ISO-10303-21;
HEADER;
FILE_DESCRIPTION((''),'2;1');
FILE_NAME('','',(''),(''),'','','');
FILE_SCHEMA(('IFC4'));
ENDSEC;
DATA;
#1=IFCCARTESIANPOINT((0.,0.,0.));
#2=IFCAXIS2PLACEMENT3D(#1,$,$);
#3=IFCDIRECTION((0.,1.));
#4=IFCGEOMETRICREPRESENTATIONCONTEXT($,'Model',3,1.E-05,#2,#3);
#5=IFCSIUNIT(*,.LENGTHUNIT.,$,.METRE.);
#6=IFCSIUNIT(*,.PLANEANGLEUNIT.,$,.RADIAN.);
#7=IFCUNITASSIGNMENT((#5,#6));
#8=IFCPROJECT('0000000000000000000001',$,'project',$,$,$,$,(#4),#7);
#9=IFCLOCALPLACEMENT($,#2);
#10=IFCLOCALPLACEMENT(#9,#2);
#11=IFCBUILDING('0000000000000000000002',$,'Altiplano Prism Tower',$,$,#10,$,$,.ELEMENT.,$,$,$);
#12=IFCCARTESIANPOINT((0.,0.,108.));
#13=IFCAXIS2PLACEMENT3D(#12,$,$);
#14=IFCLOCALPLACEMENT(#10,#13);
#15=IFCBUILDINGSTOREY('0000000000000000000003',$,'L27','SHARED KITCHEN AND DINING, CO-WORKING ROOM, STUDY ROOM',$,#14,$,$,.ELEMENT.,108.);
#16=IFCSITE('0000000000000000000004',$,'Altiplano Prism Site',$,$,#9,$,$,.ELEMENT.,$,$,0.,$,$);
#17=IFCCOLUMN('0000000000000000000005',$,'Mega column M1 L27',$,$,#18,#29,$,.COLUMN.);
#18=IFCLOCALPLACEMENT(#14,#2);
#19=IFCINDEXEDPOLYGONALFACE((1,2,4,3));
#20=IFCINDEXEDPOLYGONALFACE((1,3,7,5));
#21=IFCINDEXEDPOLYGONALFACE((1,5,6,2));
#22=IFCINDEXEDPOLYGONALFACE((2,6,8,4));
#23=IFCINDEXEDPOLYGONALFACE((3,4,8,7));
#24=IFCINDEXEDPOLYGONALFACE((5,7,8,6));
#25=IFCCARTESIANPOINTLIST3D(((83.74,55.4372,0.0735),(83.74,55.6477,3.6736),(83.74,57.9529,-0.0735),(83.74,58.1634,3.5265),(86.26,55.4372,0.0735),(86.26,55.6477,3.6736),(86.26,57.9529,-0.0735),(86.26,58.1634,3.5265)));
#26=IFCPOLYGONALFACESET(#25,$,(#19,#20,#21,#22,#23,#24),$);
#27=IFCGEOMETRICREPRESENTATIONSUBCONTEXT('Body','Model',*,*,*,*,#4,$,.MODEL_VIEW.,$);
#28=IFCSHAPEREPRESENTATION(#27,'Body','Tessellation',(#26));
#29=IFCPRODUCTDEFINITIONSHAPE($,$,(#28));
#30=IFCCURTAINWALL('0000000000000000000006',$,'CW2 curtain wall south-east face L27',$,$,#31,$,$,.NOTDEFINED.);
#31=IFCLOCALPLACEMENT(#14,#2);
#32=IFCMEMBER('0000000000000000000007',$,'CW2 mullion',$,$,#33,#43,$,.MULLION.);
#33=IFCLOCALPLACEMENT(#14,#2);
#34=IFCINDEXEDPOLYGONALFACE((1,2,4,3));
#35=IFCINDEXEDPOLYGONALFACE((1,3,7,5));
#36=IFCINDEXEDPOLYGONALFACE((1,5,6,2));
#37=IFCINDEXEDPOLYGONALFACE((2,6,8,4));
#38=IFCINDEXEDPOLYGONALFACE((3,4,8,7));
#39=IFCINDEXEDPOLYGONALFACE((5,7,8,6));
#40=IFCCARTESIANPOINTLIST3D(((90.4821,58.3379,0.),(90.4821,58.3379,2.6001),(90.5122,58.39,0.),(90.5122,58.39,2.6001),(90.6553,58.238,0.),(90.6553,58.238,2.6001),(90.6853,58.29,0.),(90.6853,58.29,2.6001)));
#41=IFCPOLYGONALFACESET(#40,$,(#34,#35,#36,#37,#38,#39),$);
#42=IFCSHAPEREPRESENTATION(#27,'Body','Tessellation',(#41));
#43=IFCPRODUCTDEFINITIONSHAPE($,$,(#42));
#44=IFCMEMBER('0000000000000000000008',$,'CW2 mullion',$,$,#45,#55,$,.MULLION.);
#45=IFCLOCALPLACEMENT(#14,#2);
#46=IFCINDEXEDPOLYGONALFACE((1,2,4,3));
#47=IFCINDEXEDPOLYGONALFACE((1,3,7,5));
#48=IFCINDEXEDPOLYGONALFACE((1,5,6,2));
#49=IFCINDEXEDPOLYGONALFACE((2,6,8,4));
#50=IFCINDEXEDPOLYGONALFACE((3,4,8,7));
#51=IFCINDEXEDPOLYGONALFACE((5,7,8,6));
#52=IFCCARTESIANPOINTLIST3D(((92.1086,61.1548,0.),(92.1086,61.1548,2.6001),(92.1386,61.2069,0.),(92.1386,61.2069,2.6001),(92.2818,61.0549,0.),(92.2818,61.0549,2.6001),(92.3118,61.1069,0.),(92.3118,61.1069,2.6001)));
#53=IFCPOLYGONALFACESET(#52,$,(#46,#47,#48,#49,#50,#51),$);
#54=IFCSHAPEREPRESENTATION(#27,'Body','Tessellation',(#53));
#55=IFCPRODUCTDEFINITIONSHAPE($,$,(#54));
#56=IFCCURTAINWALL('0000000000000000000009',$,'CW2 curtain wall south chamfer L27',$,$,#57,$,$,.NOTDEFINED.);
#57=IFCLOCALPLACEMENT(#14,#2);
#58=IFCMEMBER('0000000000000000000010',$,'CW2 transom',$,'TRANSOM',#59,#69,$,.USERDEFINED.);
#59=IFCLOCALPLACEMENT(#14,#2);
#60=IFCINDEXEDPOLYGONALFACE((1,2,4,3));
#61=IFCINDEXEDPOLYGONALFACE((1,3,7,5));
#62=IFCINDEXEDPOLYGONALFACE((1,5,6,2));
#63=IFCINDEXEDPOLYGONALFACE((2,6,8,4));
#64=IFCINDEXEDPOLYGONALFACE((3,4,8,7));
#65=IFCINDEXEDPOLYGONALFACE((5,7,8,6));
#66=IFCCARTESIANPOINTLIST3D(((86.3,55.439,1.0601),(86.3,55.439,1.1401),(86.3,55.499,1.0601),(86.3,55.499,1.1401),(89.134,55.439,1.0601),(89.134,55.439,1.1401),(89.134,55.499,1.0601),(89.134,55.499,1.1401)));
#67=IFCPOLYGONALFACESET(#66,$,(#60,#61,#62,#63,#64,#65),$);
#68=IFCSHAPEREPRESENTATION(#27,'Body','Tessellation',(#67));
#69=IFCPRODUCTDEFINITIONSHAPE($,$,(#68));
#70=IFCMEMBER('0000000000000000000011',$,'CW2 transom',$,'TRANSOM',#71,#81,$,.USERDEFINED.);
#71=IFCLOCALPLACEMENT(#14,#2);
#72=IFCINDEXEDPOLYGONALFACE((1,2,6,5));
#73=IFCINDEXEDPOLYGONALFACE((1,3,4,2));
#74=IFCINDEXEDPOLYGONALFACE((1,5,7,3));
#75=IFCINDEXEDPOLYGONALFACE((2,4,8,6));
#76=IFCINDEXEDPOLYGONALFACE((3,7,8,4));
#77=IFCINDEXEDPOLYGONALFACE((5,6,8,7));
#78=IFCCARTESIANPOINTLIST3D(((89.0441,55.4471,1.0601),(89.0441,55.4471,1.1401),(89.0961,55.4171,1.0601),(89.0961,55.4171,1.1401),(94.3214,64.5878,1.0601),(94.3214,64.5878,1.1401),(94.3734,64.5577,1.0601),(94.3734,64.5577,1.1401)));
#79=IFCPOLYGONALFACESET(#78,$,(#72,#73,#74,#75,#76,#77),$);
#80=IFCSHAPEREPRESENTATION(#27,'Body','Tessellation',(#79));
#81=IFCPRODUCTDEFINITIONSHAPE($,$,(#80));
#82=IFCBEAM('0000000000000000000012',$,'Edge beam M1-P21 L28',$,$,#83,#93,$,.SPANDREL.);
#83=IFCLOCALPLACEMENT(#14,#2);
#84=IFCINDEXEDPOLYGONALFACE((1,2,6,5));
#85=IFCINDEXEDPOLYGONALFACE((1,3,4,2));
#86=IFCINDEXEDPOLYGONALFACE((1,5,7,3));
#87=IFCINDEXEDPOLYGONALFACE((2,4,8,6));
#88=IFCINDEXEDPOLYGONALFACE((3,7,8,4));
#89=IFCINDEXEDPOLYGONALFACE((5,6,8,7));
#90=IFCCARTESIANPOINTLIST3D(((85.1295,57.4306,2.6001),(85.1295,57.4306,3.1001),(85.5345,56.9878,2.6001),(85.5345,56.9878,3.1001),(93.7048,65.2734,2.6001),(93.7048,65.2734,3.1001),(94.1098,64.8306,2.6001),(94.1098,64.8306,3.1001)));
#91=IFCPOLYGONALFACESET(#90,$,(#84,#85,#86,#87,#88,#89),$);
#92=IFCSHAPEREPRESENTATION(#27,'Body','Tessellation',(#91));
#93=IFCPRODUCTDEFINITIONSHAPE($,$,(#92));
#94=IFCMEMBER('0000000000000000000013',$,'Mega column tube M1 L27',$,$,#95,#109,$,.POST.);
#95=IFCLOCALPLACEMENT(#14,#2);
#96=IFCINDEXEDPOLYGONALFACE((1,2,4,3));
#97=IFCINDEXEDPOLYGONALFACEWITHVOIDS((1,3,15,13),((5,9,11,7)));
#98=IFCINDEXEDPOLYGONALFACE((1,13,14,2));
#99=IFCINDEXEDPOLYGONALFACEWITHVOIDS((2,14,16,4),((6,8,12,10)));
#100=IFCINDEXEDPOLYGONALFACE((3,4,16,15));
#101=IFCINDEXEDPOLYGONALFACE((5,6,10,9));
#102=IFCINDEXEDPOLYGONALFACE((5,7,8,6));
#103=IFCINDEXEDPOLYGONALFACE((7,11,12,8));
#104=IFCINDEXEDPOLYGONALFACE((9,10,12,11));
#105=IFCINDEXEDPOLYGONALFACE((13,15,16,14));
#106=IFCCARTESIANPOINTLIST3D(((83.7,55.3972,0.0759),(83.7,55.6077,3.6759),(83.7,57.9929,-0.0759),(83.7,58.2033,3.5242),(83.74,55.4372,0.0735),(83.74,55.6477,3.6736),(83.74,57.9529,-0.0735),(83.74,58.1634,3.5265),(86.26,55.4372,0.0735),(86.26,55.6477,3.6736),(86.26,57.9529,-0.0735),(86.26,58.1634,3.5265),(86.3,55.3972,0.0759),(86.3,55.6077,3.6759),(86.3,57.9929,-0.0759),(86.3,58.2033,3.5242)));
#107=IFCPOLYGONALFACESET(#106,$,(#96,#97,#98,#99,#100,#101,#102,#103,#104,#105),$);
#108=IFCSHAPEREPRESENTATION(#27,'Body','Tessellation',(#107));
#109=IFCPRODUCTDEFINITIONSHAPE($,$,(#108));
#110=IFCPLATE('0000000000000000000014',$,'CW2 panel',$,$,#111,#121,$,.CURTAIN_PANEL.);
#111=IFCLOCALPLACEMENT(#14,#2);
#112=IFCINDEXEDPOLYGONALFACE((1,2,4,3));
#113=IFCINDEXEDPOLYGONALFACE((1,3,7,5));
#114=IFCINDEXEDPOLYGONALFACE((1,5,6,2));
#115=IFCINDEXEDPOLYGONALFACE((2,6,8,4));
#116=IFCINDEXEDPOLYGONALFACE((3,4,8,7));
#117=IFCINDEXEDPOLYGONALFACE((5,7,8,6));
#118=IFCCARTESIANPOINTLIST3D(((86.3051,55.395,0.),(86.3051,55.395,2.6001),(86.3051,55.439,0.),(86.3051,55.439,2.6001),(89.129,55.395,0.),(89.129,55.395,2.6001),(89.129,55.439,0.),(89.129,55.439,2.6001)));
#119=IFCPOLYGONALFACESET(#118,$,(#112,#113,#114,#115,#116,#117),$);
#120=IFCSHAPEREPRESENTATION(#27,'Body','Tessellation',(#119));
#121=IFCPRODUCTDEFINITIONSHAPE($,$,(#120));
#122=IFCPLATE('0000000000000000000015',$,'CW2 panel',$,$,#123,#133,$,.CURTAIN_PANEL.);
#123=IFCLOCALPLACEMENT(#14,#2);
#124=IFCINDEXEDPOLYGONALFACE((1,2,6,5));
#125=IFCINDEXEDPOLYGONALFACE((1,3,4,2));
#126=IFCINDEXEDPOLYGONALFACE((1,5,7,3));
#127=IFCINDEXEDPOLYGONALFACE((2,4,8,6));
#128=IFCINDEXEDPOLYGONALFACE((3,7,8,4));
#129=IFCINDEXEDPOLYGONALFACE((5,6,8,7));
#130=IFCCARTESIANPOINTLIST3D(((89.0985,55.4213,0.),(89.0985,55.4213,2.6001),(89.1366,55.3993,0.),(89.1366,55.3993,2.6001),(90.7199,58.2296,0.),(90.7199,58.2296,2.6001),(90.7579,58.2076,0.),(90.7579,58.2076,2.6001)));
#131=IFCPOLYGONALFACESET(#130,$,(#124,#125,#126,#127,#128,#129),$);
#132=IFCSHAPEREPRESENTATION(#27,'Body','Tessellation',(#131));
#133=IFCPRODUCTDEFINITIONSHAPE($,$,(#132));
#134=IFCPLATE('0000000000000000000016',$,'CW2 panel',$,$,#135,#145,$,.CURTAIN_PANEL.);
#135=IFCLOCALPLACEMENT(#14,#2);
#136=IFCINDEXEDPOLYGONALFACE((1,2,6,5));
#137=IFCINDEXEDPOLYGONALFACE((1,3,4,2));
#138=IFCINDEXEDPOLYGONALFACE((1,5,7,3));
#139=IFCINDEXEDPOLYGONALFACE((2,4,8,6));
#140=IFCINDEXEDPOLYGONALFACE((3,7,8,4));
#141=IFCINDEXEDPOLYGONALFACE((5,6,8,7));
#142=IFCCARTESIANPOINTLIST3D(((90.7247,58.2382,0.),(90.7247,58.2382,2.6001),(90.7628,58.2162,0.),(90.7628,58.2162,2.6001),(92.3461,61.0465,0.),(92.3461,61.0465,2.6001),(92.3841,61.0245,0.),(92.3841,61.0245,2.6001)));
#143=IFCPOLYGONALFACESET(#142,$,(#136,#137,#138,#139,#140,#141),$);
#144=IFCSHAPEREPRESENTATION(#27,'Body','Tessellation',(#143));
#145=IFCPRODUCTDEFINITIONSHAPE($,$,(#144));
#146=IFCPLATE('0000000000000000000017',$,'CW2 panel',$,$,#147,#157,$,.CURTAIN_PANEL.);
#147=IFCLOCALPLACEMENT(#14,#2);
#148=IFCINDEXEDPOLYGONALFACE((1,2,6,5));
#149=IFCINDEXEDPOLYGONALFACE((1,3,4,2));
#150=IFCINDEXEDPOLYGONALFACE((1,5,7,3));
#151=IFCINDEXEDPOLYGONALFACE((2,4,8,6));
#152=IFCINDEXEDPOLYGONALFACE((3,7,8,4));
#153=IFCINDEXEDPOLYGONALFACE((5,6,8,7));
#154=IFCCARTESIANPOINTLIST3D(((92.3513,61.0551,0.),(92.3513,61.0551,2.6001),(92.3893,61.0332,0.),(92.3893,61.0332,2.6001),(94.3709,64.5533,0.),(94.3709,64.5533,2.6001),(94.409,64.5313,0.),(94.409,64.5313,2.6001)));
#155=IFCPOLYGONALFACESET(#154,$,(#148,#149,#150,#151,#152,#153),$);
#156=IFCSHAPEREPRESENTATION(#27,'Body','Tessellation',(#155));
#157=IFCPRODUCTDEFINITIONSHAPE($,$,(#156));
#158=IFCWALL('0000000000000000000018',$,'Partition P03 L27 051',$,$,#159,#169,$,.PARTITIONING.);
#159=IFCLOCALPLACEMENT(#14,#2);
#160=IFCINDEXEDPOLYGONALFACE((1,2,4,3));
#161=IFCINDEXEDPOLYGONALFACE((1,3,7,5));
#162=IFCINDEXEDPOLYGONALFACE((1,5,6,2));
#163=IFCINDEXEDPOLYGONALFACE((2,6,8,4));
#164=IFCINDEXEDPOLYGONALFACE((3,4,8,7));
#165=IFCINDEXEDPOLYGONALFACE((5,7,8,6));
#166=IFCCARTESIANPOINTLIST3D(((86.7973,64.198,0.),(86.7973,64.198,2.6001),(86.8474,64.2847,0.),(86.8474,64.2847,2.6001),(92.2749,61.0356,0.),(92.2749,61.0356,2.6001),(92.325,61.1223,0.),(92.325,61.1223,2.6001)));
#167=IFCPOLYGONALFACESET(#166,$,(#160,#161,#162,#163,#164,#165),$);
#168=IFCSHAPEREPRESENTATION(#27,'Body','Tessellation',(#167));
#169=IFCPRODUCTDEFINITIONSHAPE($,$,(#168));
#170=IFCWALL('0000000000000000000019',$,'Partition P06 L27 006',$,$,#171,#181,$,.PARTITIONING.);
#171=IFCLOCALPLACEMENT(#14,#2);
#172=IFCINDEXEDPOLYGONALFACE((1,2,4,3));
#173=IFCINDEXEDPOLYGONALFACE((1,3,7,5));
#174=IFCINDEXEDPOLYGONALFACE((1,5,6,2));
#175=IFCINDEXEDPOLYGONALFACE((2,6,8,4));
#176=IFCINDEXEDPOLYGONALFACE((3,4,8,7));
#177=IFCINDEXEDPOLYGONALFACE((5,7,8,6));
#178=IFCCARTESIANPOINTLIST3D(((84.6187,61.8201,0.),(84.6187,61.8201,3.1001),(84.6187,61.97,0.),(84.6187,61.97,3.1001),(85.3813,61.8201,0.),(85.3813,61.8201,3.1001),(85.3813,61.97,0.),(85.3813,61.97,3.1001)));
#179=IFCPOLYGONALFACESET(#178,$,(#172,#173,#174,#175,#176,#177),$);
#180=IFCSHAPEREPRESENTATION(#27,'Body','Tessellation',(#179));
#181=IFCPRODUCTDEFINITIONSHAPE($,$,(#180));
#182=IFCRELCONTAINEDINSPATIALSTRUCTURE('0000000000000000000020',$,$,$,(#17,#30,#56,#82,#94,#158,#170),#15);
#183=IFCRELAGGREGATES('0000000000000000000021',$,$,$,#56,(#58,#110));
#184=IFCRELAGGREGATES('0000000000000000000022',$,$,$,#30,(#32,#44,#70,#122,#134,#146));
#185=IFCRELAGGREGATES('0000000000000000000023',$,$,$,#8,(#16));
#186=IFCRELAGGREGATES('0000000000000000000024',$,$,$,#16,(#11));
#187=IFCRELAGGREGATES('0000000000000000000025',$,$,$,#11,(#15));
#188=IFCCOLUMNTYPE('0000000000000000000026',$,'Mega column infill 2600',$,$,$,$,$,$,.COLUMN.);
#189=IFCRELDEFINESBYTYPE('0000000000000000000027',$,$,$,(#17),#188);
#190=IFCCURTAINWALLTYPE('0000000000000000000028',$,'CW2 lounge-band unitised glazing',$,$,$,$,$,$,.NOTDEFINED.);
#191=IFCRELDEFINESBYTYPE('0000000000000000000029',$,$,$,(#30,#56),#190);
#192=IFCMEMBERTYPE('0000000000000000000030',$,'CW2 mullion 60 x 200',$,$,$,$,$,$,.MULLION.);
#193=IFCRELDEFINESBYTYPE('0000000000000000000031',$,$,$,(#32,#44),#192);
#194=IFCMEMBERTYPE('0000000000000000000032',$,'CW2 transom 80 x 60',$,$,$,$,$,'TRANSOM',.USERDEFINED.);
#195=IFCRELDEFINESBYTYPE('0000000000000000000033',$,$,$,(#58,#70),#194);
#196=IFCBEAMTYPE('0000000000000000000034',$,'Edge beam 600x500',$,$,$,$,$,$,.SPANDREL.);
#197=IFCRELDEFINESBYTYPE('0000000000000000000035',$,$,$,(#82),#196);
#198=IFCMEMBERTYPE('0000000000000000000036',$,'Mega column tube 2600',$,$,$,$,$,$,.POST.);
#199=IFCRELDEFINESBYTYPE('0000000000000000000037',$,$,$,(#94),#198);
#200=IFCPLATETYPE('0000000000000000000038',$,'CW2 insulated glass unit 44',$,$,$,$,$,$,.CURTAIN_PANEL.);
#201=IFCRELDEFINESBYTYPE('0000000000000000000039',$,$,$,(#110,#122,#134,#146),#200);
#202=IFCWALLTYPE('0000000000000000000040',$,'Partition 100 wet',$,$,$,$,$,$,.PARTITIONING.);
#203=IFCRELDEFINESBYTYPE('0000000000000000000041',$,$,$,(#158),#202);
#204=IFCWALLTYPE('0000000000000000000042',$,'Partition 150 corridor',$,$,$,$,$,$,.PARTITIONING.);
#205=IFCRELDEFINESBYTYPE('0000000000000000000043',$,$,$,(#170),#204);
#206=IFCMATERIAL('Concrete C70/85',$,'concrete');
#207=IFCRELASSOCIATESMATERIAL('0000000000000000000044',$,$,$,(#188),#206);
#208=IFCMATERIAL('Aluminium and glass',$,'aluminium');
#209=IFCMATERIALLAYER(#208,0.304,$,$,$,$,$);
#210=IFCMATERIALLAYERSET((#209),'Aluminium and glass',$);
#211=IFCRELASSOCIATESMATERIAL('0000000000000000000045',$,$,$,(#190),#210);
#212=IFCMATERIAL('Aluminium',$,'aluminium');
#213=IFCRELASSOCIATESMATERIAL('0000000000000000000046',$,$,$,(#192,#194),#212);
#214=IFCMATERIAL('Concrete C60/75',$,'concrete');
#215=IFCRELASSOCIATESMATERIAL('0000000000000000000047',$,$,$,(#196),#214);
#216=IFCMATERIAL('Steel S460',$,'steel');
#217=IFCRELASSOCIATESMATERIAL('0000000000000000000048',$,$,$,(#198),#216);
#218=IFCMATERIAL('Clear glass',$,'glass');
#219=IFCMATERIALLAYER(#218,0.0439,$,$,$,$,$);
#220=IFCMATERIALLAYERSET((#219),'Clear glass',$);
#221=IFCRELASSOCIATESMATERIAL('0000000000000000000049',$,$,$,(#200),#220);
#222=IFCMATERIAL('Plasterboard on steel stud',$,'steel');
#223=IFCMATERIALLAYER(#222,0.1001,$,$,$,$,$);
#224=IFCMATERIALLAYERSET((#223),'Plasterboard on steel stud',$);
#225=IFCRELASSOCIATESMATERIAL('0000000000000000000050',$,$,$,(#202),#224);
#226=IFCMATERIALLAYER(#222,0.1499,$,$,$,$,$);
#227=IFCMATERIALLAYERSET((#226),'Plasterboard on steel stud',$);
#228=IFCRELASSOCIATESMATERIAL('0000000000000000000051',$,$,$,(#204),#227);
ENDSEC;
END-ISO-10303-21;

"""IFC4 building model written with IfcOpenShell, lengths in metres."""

from ifc_helpers import new_model, si_unit, direction, frame, frame_2d, origin, origin_2d, place, context, subcontext, project, spatial, rectangle, hollow_rectangle, extrude, material, layer, layer_set, material_profile, profile_set, type_object, element, aggregate, save


model = new_model("IFC4")

# Units and contexts
model_context = context("Model", 3, precision=1e-05, world=origin(), true_north=direction((0.0, 1.0)))
body_context = subcontext(model_context, "Body", "Model", "MODEL_VIEW")
ifc_project = project(units=[si_unit("LENGTHUNIT", "METRE"), si_unit("PLANEANGLEUNIT", "RADIAN")], contexts=[model_context])

# Site, building, storey
site_placement = place(None, origin())
site = spatial("IfcSite", under=ifc_project, at=site_placement, Name="Altiplano Prism Site", CompositionType="ELEMENT", RefElevation=0.0)
building_placement = place(site_placement, origin())
building = spatial("IfcBuilding", under=site, at=building_placement, Name="Altiplano Prism Tower", CompositionType="ELEMENT")
storey_placement = place(building_placement, frame((0.0, 0.0, 108.0)))
storey = spatial("IfcBuildingStorey", under=building, at=storey_placement, Name="L27", Description="SHARED KITCHEN AND DINING, CO-WORKING ROOM, STUDY ROOM", CompositionType="ELEMENT", Elevation=108.0)

# Column
ifc_material_1 = material(Name="Concrete C70/85", Category="concrete")
ifc_material_profile_1 = material_profile(ifc_material_1, rectangle(XDim=2.52, YDim=2.52, at=origin_2d()), Name="Mega column infill 2600")
ifc_profile_set_1 = profile_set([ifc_material_profile_1], Name="Concrete C70/85")
column_type = type_object("IfcColumnType", Name="Mega column infill 2600", PredefinedType="COLUMN", material=ifc_profile_set_1)
column_placement = place(storey_placement, frame((85.0, 56.6951, 0.0), z_axis=(0.0, 0.058357, 0.998296), x_axis=(-1.0, 0.0, 0.0)))
element("IfcColumn", 1, at=column_placement, inside=storey, type_object=column_type, Name="Mega column M1 L27", PredefinedType="COLUMN", context=body_context, shape_type="SweptSolid", body=[
    extrude(rectangle(XDim=2.52, YDim=2.52, at=origin_2d()), origin(), (0.0, 0.0, 1.0), 3.6062),
])

# Curtain wall, members
ifc_material_2 = material(Name="Aluminium and glass", Category="aluminium")
ifc_layer_1 = layer(ifc_material_2, 0.304)
ifc_layer_set_1 = layer_set([ifc_layer_1], Name="Aluminium and glass")
curtain_wall_type = type_object("IfcCurtainWallType", Name="CW2 lounge-band unitised glazing", PredefinedType="NOTDEFINED", material=ifc_layer_set_1)
curtain_wall_1_placement = place(storey_placement, origin())
curtain_wall_1 = element("IfcCurtainWall", 2, at=curtain_wall_1_placement, inside=storey, type_object=curtain_wall_type, Name="CW2 curtain wall south-east face L27", PredefinedType="NOTDEFINED")
ifc_material_3 = material(Name="Aluminium", Category="aluminium")
ifc_material_profile_2 = material_profile(ifc_material_3, rectangle(XDim=0.2, YDim=0.0601, at=origin_2d()), Name="CW2 mullion 60 x 200")
ifc_profile_set_2 = profile_set([ifc_material_profile_2], Name="Aluminium")
member_type_1 = type_object("IfcMemberType", Name="CW2 mullion 60 x 200", PredefinedType="MULLION", material=ifc_profile_set_2)
member_1_placement = place(storey_placement, frame((90.5837, 58.314, 0.0), z_axis=(0.0, 0.0, 1.0), x_axis=(-0.866025, 0.5, 0.0)))
member_1 = element("IfcMember", 3, at=member_1_placement, type_object=member_type_1, Name="CW2 mullion", PredefinedType="MULLION", context=body_context, shape_type="SweptSolid", body=[
    extrude(rectangle(XDim=0.2, YDim=0.0601, at=origin_2d()), origin(), (0.0, 0.0, 1.0), 2.6001),
])
member_2_placement = place(storey_placement, frame((92.2102, 61.1309, 0.0), z_axis=(0.0, 0.0, 1.0), x_axis=(-0.866025, 0.5, 0.0)))
member_2 = element("IfcMember", 4, at=member_2_placement, type_object=member_type_1, Name="CW2 mullion", PredefinedType="MULLION", context=body_context, shape_type="SweptSolid", body=[
    extrude(rectangle(XDim=0.2, YDim=0.0601, at=origin_2d()), origin(), (0.0, 0.0, 1.0), 2.6001),
])

# Curtain wall, member
curtain_wall_2_placement = place(storey_placement, origin())
curtain_wall_2 = element("IfcCurtainWall", 5, at=curtain_wall_2_placement, inside=storey, type_object=curtain_wall_type, Name="CW2 curtain wall south chamfer L27", PredefinedType="NOTDEFINED")
ifc_material_profile_3 = material_profile(ifc_material_3, rectangle(XDim=0.0601, YDim=0.0801, at=origin_2d()), Name="CW2 transom 80 x 60")
ifc_profile_set_3 = profile_set([ifc_material_profile_3], Name="Aluminium")
member_type_2 = type_object("IfcMemberType", Name="CW2 transom 80 x 60", ElementType="TRANSOM", PredefinedType="USERDEFINED", material=ifc_profile_set_3)
member_3_placement = place(storey_placement, frame((86.3, 55.469, 1.1001), z_axis=(1.0, 0.0, 0.0), x_axis=(0.0, 1.0, 0.0)))
member_3 = element("IfcMember", 6, at=member_3_placement, type_object=member_type_2, Name="CW2 transom", ObjectType="TRANSOM", PredefinedType="USERDEFINED", context=body_context, shape_type="SweptSolid", body=[
    extrude(rectangle(XDim=0.0601, YDim=0.0801, at=origin_2d()), origin(), (0.0, 0.0, 1.0), 2.834),
])

# Member
member_4_placement = place(storey_placement, frame((89.0701, 55.4321, 1.1001), z_axis=(0.5, 0.866025, 0.0), x_axis=(-0.866025, 0.5, 0.0)))
member_4 = element("IfcMember", 7, at=member_4_placement, type_object=member_type_2, Name="CW2 transom", ObjectType="TRANSOM", PredefinedType="USERDEFINED", context=body_context, shape_type="SweptSolid", body=[
    extrude(rectangle(XDim=0.0601, YDim=0.0801, at=origin_2d()), origin(), (0.0, 0.0, 1.0), 10.5547),
])

# Beam
ifc_material_4 = material(Name="Concrete C60/75", Category="concrete")
ifc_material_profile_4 = material_profile(ifc_material_4, rectangle(XDim=0.6001, YDim=0.5, at=origin_2d()), Name="Edge beam 600x500")
ifc_profile_set_4 = profile_set([ifc_material_profile_4], Name="Concrete C60/75")
beam_type = type_object("IfcBeamType", Name="Edge beam 600x500", PredefinedType="SPANDREL", material=ifc_profile_set_4)
beam_placement = place(storey_placement, frame((85.332, 57.2092, 2.8501), z_axis=(0.737918, 0.674891, 0.0), x_axis=(-0.674891, 0.737918, 0.0)))
element("IfcBeam", 8, at=beam_placement, inside=storey, type_object=beam_type, Name="Edge beam M1-P21 L28", PredefinedType="SPANDREL", context=body_context, shape_type="SweptSolid", body=[
    extrude(rectangle(XDim=0.6001, YDim=0.5, at=origin_2d()), origin(), (0.0, 0.0, 1.0), 11.6208),
])

# Member
ifc_material_5 = material(Name="Steel S460", Category="steel")
ifc_material_profile_5 = material_profile(ifc_material_5, hollow_rectangle(XDim=2.6001, YDim=2.6001, WallThickness=0.04, at=origin_2d()), Name="Mega column tube 2600")
ifc_profile_set_5 = profile_set([ifc_material_profile_5], Name="Steel S460")
member_type_3 = type_object("IfcMemberType", Name="Mega column tube 2600", PredefinedType="POST", material=ifc_profile_set_5)
member_5_placement = place(storey_placement, frame((85.0, 56.6951, 0.0), z_axis=(0.0, 0.058357, 0.998296), x_axis=(-1.0, 0.0, 0.0)))
element("IfcMember", 9, at=member_5_placement, inside=storey, type_object=member_type_3, Name="Mega column tube M1 L27", PredefinedType="POST", context=body_context, shape_type="SweptSolid", body=[
    extrude(hollow_rectangle(XDim=2.6001, YDim=2.6001, WallThickness=0.04, at=origin_2d()), origin(), (0.0, 0.0, 1.0), 3.6062),
])

# Plates
ifc_material_6 = material(Name="Clear glass", Category="glass")
ifc_layer_2 = layer(ifc_material_6, 0.0439)
ifc_layer_set_2 = layer_set([ifc_layer_2], Name="Clear glass")
plate_type = type_object("IfcPlateType", Name="CW2 insulated glass unit 44", PredefinedType="CURTAIN_PANEL", material=ifc_layer_set_2)
plate_1_placement = place(storey_placement, frame((87.717, 55.417, 0.0), z_axis=(0.0, 0.0, 1.0), x_axis=(1.0, 0.0, 0.0)))
plate_1 = element("IfcPlate", 10, at=plate_1_placement, type_object=plate_type, Name="CW2 panel", PredefinedType="CURTAIN_PANEL", context=body_context, shape_type="SweptSolid", body=[
    extrude(rectangle(XDim=2.824, YDim=0.0439, at=origin_2d()), origin(), (0.0, 0.0, 1.0), 2.6001),
])
aggregate(curtain_wall_2, [member_3, plate_1])
plate_2_placement = place(storey_placement, frame((89.9282, 56.8145, 0.0), z_axis=(0.0, 0.0, 1.0), x_axis=(0.5, 0.866025, 0.0)))
plate_2 = element("IfcPlate", 11, at=plate_2_placement, type_object=plate_type, Name="CW2 panel", PredefinedType="CURTAIN_PANEL", context=body_context, shape_type="SweptSolid", body=[
    extrude(rectangle(XDim=3.2427, YDim=0.0439, at=origin_2d()), origin(), (0.0, 0.0, 1.0), 2.6001),
])
plate_3_placement = place(storey_placement, frame((91.5544, 59.6313, 0.0), z_axis=(0.0, 0.0, 1.0), x_axis=(0.5, 0.866025, 0.0)))
plate_3 = element("IfcPlate", 12, at=plate_3_placement, type_object=plate_type, Name="CW2 panel", PredefinedType="CURTAIN_PANEL", context=body_context, shape_type="SweptSolid", body=[
    extrude(rectangle(XDim=3.2427, YDim=0.0439, at=origin_2d()), origin(), (0.0, 0.0, 1.0), 2.6001),
])
plate_4_placement = place(storey_placement, frame((93.3801, 62.7932, 0.0), z_axis=(0.0, 0.0, 1.0), x_axis=(0.5, 0.866025, 0.0)))
plate_4 = element("IfcPlate", 13, at=plate_4_placement, type_object=plate_type, Name="CW2 panel", PredefinedType="CURTAIN_PANEL", context=body_context, shape_type="SweptSolid", body=[
    extrude(rectangle(XDim=4.0393, YDim=0.0439, at=origin_2d()), origin(), (0.0, 0.0, 1.0), 2.6001),
])
aggregate(curtain_wall_1, [member_1, member_2, member_4, plate_2, plate_3, plate_4])

# Walls
ifc_material_7 = material(Name="Plasterboard on steel stud", Category="steel")
ifc_layer_3 = layer(ifc_material_7, 0.1001)
ifc_layer_set_3 = layer_set([ifc_layer_3], Name="Plasterboard on steel stud")
wall_type_1 = type_object("IfcWallType", Name="Partition 100 wet", PredefinedType="PARTITIONING", material=ifc_layer_set_3)
wall_1_placement = place(storey_placement, frame((92.3, 61.0789, 0.0), z_axis=(0.0, 0.0, 1.0), x_axis=(-0.866033, 0.499988, 0.0)))
element("IfcWall", 14, at=wall_1_placement, inside=storey, type_object=wall_type_1, Name="Partition P03 L27 051", PredefinedType="PARTITIONING", context=body_context, shape_type="SweptSolid", body=[
    extrude(rectangle(XDim=6.325, YDim=0.1001, at=frame_2d((3.1626, 0.0))), origin(), (0.0, 0.0, 1.0), 2.6001),
])
ifc_layer_4 = layer(ifc_material_7, 0.1499)
ifc_layer_set_4 = layer_set([ifc_layer_4], Name="Plasterboard on steel stud")
wall_type_2 = type_object("IfcWallType", Name="Partition 150 corridor", PredefinedType="PARTITIONING", material=ifc_layer_set_4)
wall_2_placement = place(storey_placement, frame((84.6187, 61.895, 0.0), z_axis=(0.0, 0.0, 1.0), x_axis=(1.0, 0.0, 0.0)))
element("IfcWall", 15, at=wall_2_placement, inside=storey, type_object=wall_type_2, Name="Partition P06 L27 006", PredefinedType="PARTITIONING", context=body_context, shape_type="SweptSolid", body=[
    extrude(rectangle(XDim=0.7627, YDim=0.1499, at=frame_2d((0.3813, 0.0))), origin(), (0.0, 0.0, 1.0), 3.1001),
])

save(model, "model.ifc")
